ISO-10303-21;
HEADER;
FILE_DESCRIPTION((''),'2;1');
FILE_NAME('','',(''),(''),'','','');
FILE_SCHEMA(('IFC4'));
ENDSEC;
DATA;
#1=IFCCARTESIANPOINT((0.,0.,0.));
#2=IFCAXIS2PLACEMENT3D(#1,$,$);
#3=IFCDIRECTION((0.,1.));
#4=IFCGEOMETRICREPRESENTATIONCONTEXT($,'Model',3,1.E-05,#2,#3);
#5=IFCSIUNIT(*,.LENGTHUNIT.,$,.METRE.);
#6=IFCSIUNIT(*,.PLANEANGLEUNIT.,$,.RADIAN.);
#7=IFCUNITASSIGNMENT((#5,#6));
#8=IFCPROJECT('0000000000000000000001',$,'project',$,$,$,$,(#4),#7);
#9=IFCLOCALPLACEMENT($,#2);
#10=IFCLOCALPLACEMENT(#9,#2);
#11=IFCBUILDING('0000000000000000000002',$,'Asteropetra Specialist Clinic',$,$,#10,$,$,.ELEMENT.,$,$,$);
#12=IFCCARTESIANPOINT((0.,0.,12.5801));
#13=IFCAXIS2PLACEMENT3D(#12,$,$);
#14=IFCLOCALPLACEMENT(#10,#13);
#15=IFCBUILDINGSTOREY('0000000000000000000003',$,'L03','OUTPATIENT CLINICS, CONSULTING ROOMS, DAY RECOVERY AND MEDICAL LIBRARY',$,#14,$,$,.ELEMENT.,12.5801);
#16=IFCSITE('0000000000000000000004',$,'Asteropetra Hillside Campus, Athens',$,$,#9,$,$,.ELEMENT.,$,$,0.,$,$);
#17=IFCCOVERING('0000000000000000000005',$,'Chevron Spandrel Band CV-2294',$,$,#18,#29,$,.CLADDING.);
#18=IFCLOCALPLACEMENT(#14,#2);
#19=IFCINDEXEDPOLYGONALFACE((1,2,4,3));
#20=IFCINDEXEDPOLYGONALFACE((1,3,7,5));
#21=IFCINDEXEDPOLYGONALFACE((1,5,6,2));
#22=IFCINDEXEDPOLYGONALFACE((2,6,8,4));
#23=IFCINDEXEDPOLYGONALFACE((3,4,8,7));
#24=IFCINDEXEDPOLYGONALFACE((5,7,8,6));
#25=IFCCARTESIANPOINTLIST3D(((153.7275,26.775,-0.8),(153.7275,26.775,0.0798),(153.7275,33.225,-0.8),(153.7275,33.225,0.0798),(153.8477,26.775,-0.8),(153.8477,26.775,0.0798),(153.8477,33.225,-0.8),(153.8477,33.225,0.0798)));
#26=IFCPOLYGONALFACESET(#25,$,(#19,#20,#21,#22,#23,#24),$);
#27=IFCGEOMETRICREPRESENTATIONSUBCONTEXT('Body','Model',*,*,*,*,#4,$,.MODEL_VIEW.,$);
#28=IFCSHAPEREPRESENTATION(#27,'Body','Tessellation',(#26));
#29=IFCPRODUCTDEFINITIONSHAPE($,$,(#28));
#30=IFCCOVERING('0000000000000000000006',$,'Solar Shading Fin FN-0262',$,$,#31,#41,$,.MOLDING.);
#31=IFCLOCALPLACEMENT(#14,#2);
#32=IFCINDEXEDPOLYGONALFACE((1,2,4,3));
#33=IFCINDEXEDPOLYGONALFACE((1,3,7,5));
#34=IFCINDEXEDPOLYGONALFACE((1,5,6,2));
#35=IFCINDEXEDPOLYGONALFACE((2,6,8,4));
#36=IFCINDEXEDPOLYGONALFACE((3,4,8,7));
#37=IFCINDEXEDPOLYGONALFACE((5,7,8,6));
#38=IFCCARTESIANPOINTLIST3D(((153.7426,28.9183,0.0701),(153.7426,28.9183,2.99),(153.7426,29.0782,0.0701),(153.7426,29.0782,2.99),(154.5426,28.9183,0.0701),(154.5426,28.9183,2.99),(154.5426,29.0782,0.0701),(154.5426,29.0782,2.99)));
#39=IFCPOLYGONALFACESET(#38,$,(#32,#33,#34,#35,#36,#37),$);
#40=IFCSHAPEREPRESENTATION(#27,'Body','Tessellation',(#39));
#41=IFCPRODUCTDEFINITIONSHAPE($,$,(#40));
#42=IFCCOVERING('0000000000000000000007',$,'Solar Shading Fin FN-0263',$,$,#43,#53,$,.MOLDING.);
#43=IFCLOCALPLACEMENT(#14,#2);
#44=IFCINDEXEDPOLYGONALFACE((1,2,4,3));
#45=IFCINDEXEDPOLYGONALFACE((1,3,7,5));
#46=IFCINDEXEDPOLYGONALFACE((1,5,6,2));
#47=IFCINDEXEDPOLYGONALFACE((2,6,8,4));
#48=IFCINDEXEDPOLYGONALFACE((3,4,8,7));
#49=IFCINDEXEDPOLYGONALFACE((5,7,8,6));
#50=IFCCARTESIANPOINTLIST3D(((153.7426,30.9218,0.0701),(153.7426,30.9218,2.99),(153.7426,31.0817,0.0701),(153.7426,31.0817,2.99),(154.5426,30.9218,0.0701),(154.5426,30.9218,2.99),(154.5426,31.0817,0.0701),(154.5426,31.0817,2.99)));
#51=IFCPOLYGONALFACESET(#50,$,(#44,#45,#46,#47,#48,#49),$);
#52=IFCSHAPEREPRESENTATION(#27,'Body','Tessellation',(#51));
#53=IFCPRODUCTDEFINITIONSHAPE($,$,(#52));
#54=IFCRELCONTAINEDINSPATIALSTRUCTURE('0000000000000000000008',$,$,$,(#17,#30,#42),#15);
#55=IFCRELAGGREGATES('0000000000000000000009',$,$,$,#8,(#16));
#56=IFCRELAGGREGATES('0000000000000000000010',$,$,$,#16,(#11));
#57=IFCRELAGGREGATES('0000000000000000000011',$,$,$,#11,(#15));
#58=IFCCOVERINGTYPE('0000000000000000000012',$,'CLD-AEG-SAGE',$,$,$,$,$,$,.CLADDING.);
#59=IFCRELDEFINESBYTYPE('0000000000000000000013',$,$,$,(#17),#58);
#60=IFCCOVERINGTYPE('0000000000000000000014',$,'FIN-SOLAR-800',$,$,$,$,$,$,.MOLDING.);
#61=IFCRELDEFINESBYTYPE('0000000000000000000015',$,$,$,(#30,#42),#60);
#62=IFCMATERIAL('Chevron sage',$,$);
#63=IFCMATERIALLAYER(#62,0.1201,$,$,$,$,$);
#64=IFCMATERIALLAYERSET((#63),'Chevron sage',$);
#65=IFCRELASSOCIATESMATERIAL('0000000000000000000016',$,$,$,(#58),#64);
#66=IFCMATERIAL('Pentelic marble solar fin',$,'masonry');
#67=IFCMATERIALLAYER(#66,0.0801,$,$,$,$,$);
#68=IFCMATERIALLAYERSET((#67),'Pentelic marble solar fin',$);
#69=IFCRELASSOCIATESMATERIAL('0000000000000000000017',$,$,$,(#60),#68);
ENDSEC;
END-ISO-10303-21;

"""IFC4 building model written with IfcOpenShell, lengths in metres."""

from ifc_helpers import new_model, si_unit, direction, frame, origin, origin_2d, place, context, subcontext, project, spatial, rectangle, extrude, material, layer, layer_set, type_object, element, save


model = new_model("IFC4")

# Units and contexts
model_context = context("Model", 3, precision=1e-05, world=origin(), true_north=direction((0.0, 1.0)))
body_context = subcontext(model_context, "Body", "Model", "MODEL_VIEW")
ifc_project = project(units=[si_unit("LENGTHUNIT", "METRE"), si_unit("PLANEANGLEUNIT", "RADIAN")], contexts=[model_context])

# Site, building, storey
site_placement = place(None, origin())
site = spatial("IfcSite", under=ifc_project, at=site_placement, Name="Asteropetra Hillside Campus, Athens", CompositionType="ELEMENT", RefElevation=0.0)
building_placement = place(site_placement, origin())
building = spatial("IfcBuilding", under=site, at=building_placement, Name="Asteropetra Specialist Clinic", CompositionType="ELEMENT")
storey_placement = place(building_placement, frame((0.0, 0.0, 12.5801)))
storey = spatial("IfcBuildingStorey", under=building, at=storey_placement, Name="L03", Description="OUTPATIENT CLINICS, CONSULTING ROOMS, DAY RECOVERY AND MEDICAL LIBRARY", CompositionType="ELEMENT", Elevation=12.5801)

# Coverings
ifc_material_1 = material(Name="Chevron sage")
ifc_layer_1 = layer(ifc_material_1, 0.1201)
ifc_layer_set_1 = layer_set([ifc_layer_1], Name="Chevron sage")
covering_type_1 = type_object("IfcCoveringType", Name="CLD-AEG-SAGE", PredefinedType="CLADDING", material=ifc_layer_set_1)
covering_placement = place(storey_placement, frame((153.7876, 30.0, -0.8), z_axis=(0.0, 0.0, 1.0), x_axis=(1.0, 0.0, 0.0)))
element("IfcCovering", 1, at=covering_placement, inside=storey, type_object=covering_type_1, Name="Chevron Spandrel Band CV-2294", PredefinedType="CLADDING", context=body_context, shape_type="SweptSolid", body=[
    extrude(rectangle(XDim=0.1201, YDim=6.45, at=origin_2d()), origin(), (0.0, 0.0, 1.0), 0.8799),
])
ifc_material_2 = material(Name="Pentelic marble solar fin", Category="masonry")
ifc_layer_2 = layer(ifc_material_2, 0.0801)
ifc_layer_set_2 = layer_set([ifc_layer_2], Name="Pentelic marble solar fin")
covering_type_2 = type_object("IfcCoveringType", Name="FIN-SOLAR-800", PredefinedType="MOLDING", material=ifc_layer_set_2)
for number, where, z_axis, x_axis, name in (
    (2, (154.1426, 28.9983, 0.0701), (0.0, 0.0, 1.0), (1.0, 0.0, 0.0), "Solar Shading Fin FN-0262"),
    (3, (154.1426, 31.0017, 0.0701), (0.0, 0.0, 1.0), (1.0, 0.0, 0.0), "Solar Shading Fin FN-0263"),
):
    element("IfcCovering", number, at=place(storey_placement, frame(where, z_axis=z_axis, x_axis=x_axis)), inside=storey, type_object=covering_type_2, Name=name, PredefinedType="MOLDING", context=body_context, shape_type="SweptSolid", body=[
        extrude(rectangle(XDim=0.8, YDim=0.1599, at=origin_2d()), origin(), (0.0, 0.0, 1.0), 2.9199),
    ])

save(model, "model.ifc")
